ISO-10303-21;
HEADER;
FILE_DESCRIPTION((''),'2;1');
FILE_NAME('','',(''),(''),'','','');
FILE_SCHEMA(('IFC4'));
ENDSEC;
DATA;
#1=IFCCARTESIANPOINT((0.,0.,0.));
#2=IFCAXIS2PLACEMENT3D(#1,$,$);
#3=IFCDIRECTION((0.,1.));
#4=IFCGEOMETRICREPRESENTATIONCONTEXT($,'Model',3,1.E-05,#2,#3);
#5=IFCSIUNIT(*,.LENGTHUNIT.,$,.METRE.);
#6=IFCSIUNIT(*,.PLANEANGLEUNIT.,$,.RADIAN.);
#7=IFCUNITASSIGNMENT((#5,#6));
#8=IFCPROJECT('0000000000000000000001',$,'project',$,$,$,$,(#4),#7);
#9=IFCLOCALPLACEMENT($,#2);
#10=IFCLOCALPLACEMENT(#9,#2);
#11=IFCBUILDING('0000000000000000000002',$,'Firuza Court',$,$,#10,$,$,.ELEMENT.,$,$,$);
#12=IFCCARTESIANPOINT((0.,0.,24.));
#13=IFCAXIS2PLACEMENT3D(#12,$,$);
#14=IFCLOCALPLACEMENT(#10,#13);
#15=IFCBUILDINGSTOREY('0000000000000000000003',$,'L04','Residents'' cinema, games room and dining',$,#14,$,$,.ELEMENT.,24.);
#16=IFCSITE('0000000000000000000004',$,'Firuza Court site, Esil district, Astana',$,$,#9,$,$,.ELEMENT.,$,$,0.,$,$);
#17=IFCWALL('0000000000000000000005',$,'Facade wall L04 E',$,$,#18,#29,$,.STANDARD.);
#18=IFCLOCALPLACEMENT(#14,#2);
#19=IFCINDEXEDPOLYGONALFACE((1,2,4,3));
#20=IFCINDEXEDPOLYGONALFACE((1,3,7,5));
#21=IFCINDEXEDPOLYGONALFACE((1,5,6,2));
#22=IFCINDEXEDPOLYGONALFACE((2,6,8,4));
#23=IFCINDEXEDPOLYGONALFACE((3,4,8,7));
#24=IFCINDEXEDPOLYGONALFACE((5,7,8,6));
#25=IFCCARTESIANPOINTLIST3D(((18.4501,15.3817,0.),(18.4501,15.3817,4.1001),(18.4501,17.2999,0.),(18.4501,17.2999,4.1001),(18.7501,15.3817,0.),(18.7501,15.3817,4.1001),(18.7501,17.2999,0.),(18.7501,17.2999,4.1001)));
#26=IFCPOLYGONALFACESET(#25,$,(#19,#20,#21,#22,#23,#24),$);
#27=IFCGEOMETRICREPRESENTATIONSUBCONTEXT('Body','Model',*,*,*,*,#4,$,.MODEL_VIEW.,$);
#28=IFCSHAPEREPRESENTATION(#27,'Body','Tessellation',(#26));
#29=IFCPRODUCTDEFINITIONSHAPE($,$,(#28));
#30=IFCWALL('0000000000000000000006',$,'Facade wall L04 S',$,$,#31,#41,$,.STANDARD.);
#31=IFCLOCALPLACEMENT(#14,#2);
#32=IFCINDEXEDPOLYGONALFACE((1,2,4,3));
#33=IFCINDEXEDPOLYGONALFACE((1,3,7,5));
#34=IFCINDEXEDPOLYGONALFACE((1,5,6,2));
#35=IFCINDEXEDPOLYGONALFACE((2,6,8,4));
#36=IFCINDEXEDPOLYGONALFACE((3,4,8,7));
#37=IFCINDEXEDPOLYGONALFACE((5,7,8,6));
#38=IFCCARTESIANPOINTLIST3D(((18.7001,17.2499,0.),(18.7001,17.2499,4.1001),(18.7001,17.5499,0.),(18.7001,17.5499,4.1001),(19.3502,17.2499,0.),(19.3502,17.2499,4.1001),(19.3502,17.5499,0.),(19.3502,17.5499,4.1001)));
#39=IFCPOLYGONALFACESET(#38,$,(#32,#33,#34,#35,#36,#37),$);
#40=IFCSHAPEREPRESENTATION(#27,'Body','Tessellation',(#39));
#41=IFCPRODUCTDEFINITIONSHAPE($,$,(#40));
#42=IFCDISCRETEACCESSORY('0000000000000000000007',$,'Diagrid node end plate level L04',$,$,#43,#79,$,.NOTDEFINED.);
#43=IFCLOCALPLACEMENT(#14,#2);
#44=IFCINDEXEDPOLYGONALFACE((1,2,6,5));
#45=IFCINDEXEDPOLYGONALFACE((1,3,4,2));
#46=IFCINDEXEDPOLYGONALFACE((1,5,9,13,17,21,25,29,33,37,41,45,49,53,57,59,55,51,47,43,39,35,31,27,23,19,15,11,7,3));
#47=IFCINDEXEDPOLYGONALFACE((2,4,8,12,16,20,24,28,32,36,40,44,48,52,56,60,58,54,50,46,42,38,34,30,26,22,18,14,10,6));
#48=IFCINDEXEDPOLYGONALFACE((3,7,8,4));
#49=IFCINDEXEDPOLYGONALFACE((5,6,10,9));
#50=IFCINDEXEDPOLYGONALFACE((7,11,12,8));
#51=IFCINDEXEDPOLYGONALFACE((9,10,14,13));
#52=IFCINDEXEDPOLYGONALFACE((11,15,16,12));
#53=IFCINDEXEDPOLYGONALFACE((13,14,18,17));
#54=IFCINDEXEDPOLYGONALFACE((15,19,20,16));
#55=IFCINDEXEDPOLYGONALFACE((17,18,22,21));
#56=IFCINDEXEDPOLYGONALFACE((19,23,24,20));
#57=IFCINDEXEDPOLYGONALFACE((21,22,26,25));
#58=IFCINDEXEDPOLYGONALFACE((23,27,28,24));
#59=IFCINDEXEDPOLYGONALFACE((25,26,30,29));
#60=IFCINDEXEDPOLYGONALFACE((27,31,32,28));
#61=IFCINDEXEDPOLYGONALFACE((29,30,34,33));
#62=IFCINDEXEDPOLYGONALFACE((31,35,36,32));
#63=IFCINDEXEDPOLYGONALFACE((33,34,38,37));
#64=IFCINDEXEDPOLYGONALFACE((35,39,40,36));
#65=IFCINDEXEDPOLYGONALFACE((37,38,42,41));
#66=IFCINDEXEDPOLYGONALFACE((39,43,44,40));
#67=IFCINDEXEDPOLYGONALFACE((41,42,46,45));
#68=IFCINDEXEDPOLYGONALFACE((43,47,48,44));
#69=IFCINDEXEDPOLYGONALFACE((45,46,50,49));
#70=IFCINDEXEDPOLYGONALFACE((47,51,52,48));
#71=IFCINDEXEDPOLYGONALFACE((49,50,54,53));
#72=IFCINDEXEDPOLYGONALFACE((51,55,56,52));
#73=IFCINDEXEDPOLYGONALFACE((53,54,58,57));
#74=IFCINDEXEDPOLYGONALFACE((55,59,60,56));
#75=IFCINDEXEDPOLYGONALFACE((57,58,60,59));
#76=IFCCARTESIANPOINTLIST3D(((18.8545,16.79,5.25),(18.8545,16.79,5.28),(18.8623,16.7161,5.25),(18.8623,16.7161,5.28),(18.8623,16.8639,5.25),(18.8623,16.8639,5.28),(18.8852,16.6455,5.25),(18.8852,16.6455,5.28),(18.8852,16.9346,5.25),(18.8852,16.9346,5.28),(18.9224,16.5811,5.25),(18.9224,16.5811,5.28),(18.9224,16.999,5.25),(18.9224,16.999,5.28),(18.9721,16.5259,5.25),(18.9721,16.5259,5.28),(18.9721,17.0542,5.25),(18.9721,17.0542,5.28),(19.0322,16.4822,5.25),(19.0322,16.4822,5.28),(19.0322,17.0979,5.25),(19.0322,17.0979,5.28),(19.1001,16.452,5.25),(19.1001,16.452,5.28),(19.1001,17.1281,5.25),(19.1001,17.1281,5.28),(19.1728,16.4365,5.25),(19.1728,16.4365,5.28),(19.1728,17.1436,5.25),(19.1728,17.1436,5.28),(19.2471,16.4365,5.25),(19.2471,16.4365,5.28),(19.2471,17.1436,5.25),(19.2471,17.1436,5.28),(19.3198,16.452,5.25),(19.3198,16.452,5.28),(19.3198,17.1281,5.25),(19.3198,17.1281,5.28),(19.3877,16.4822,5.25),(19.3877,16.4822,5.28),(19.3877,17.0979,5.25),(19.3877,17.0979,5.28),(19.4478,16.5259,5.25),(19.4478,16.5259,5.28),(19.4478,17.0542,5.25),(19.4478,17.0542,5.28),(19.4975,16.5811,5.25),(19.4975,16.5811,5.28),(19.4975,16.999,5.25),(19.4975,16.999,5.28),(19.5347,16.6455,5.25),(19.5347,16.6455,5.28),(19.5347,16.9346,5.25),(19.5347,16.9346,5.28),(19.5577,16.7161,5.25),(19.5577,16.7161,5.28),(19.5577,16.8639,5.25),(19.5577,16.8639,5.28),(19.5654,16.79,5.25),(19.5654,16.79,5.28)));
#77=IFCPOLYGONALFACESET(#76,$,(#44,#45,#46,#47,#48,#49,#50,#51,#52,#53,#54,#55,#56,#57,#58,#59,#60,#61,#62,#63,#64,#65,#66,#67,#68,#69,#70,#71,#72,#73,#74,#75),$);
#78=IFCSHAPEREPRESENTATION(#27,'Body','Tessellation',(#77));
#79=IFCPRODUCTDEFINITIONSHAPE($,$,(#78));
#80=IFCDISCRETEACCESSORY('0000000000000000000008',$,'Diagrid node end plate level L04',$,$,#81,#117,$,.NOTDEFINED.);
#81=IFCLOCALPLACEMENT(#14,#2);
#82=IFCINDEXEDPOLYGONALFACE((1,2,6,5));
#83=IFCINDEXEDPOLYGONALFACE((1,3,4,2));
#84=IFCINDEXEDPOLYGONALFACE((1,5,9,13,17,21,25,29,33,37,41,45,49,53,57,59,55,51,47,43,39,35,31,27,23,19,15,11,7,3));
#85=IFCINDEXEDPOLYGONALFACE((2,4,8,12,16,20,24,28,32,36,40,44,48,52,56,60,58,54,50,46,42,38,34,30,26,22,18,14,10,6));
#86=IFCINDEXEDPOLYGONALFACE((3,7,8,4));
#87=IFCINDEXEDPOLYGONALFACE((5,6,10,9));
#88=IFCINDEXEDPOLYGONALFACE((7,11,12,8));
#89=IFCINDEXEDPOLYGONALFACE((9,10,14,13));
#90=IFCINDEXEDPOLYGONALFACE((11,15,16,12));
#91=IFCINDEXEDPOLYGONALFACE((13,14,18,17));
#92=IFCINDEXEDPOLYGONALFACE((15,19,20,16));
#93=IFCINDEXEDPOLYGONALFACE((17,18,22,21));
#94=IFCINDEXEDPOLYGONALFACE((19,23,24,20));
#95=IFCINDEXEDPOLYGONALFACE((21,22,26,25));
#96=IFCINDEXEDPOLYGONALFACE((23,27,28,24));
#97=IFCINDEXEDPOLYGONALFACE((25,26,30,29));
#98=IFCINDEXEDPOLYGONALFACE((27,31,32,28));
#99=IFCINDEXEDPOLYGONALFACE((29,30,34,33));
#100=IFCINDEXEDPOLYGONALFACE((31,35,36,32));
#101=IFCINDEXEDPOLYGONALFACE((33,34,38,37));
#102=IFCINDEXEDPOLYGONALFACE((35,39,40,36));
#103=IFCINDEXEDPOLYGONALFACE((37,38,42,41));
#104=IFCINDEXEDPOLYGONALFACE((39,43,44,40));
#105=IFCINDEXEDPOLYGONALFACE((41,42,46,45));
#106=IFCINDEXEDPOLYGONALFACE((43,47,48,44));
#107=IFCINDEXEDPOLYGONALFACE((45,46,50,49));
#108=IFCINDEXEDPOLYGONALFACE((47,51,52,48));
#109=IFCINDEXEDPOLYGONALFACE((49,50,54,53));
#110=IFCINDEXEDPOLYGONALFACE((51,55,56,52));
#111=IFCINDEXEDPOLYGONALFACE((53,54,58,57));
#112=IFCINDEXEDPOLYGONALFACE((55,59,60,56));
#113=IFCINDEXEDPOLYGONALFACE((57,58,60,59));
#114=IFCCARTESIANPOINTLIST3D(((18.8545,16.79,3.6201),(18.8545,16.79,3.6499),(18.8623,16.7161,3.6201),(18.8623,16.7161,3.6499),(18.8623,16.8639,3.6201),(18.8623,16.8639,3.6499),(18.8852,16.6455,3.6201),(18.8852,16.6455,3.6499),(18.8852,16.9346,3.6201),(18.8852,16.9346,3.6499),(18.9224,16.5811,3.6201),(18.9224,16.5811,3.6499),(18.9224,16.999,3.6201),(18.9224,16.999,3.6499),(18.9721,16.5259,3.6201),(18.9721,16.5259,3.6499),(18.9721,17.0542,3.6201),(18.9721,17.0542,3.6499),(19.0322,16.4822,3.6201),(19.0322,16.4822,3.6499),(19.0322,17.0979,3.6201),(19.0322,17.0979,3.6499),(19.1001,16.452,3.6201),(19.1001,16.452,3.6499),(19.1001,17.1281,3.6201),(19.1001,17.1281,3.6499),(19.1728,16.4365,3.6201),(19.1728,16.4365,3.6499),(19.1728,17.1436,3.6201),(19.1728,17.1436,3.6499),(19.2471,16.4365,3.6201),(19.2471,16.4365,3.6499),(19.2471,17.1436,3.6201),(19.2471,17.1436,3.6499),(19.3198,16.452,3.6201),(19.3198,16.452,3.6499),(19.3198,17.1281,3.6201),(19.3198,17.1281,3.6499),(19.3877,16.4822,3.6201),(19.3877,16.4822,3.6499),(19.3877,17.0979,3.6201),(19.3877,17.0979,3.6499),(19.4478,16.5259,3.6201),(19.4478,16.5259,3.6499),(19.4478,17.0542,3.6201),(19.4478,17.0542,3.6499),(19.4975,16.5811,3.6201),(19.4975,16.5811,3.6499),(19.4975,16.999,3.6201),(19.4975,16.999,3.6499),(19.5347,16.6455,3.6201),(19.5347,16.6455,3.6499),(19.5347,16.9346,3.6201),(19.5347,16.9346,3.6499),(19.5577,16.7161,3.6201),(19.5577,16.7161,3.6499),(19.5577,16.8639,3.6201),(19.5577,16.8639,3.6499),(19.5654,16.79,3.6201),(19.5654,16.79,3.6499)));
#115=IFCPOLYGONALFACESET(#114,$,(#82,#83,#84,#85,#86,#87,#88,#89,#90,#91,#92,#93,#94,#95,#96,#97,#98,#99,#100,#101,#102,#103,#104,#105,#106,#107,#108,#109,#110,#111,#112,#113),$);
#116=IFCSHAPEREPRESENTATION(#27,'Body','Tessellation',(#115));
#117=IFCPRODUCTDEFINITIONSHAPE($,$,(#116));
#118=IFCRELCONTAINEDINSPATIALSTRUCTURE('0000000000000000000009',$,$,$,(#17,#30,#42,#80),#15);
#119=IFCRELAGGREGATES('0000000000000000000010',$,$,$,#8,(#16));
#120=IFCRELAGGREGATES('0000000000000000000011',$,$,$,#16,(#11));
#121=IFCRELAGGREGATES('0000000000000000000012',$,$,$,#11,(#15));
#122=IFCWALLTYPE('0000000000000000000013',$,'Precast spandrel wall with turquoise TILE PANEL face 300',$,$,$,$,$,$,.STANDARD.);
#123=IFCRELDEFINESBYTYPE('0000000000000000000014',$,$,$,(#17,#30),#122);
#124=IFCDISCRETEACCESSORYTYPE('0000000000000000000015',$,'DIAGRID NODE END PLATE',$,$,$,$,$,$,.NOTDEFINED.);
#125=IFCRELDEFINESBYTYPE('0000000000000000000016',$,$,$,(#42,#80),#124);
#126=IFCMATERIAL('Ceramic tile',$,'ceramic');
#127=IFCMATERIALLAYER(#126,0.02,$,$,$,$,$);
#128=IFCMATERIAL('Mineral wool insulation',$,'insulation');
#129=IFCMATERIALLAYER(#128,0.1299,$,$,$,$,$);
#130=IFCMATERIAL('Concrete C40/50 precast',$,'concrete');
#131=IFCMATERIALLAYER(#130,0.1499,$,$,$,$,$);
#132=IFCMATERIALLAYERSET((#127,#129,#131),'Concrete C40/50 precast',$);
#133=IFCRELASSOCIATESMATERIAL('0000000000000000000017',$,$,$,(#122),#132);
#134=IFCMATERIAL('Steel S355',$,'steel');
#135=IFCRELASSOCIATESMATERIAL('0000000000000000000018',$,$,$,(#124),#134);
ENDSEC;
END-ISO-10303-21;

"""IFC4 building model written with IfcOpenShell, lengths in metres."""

from ifc_helpers import new_model, si_unit, direction, frame, frame_2d, origin, origin_2d, place, context, subcontext, project, spatial, rectangle, circle, extrude, material, layer, layer_set, material_profile, profile_set, type_object, element, save


model = new_model("IFC4")

# Units and contexts
model_context = context("Model", 3, precision=1e-05, world=origin(), true_north=direction((0.0, 1.0)))
body_context = subcontext(model_context, "Body", "Model", "MODEL_VIEW")
ifc_project = project(units=[si_unit("LENGTHUNIT", "METRE"), si_unit("PLANEANGLEUNIT", "RADIAN")], contexts=[model_context])

# Site, building, storey
site_placement = place(None, origin())
site = spatial("IfcSite", under=ifc_project, at=site_placement, Name="Firuza Court site, Esil district, Astana", CompositionType="ELEMENT", RefElevation=0.0)
building_placement = place(site_placement, origin())
building = spatial("IfcBuilding", under=site, at=building_placement, Name="Firuza Court", CompositionType="ELEMENT")
storey_placement = place(building_placement, frame((0.0, 0.0, 24.0)))
storey = spatial("IfcBuildingStorey", under=building, at=storey_placement, Name="L04", Description="Residents' cinema, games room and dining", CompositionType="ELEMENT", Elevation=24.0)

# Walls
ifc_material_1 = material(Name="Ceramic tile", Category="ceramic")
ifc_layer_1 = layer(ifc_material_1, 0.02)
ifc_material_2 = material(Name="Mineral wool insulation", Category="insulation")
ifc_layer_2 = layer(ifc_material_2, 0.1299)
ifc_material_3 = material(Name="Concrete C40/50 precast", Category="concrete")
ifc_layer_3 = layer(ifc_material_3, 0.1499)
ifc_layer_set_1 = layer_set([ifc_layer_1, ifc_layer_2, ifc_layer_3], Name="Concrete C40/50 precast")
wall_type = type_object("IfcWallType", Name="Precast spandrel wall with turquoise TILE PANEL face 300", PredefinedType="STANDARD", material=ifc_layer_set_1)
wall_1_placement = place(storey_placement, frame((18.6001, 15.3818, 0.0), z_axis=(0.0, 0.0, 1.0), x_axis=(0.0, 1.0, 0.0)))
element("IfcWall", 1, at=wall_1_placement, inside=storey, type_object=wall_type, Name="Facade wall L04 E", PredefinedType="STANDARD", context=body_context, shape_type="SweptSolid", body=[
    extrude(rectangle(XDim=1.9182, YDim=0.3, at=frame_2d((0.959, 0.0))), origin(), (0.0, 0.0, 1.0), 4.1001),
])
wall_2_placement = place(storey_placement, frame((18.7, 17.3999, 0.0), z_axis=(0.0, 0.0, 1.0), x_axis=(1.0, 0.0, 0.0)))
element("IfcWall", 2, at=wall_2_placement, inside=storey, type_object=wall_type, Name="Facade wall L04 S", PredefinedType="STANDARD", context=body_context, shape_type="SweptSolid", body=[
    extrude(rectangle(XDim=0.6501, YDim=0.3, at=frame_2d((0.3252, 0.0))), origin(), (0.0, 0.0, 1.0), 4.1001),
])

# Discrete accessories
ifc_material_4 = material(Name="Steel S355", Category="steel")
ifc_material_profile_1 = material_profile(ifc_material_4, circle(Radius=0.3555, at=origin_2d()), Name="PL D711")
ifc_profile_set_1 = profile_set([ifc_material_profile_1], Name="Steel S355")
discrete_accessory_type = type_object("IfcDiscreteAccessoryType", Name="DIAGRID NODE END PLATE", PredefinedType="NOTDEFINED", material=ifc_profile_set_1)
discrete_accessory_1_placement = place(storey_placement, frame((19.21, 16.79, 5.25), z_axis=(0.0, 0.0, 1.0), x_axis=(1.0, 0.0, 0.0)))
element("IfcDiscreteAccessory", 3, at=discrete_accessory_1_placement, inside=storey, type_object=discrete_accessory_type, Name="Diagrid node end plate level L04", PredefinedType="NOTDEFINED", context=body_context, shape_type="SweptSolid", body=[
    extrude(circle(Radius=0.3555, at=origin_2d()), origin(), (0.0, 0.0, 1.0), 0.03),
])
discrete_accessory_2_placement = place(storey_placement, frame((19.21, 16.79, 3.6201), z_axis=(0.0, 0.0, 1.0), x_axis=(1.0, 0.0, 0.0)))
element("IfcDiscreteAccessory", 4, at=discrete_accessory_2_placement, inside=storey, type_object=discrete_accessory_type, Name="Diagrid node end plate level L04", PredefinedType="NOTDEFINED", context=body_context, shape_type="SweptSolid", body=[
    extrude(circle(Radius=0.3555, at=origin_2d()), origin(), (0.0, 0.0, 1.0), 0.0298),
])

save(model, "model.ifc")
